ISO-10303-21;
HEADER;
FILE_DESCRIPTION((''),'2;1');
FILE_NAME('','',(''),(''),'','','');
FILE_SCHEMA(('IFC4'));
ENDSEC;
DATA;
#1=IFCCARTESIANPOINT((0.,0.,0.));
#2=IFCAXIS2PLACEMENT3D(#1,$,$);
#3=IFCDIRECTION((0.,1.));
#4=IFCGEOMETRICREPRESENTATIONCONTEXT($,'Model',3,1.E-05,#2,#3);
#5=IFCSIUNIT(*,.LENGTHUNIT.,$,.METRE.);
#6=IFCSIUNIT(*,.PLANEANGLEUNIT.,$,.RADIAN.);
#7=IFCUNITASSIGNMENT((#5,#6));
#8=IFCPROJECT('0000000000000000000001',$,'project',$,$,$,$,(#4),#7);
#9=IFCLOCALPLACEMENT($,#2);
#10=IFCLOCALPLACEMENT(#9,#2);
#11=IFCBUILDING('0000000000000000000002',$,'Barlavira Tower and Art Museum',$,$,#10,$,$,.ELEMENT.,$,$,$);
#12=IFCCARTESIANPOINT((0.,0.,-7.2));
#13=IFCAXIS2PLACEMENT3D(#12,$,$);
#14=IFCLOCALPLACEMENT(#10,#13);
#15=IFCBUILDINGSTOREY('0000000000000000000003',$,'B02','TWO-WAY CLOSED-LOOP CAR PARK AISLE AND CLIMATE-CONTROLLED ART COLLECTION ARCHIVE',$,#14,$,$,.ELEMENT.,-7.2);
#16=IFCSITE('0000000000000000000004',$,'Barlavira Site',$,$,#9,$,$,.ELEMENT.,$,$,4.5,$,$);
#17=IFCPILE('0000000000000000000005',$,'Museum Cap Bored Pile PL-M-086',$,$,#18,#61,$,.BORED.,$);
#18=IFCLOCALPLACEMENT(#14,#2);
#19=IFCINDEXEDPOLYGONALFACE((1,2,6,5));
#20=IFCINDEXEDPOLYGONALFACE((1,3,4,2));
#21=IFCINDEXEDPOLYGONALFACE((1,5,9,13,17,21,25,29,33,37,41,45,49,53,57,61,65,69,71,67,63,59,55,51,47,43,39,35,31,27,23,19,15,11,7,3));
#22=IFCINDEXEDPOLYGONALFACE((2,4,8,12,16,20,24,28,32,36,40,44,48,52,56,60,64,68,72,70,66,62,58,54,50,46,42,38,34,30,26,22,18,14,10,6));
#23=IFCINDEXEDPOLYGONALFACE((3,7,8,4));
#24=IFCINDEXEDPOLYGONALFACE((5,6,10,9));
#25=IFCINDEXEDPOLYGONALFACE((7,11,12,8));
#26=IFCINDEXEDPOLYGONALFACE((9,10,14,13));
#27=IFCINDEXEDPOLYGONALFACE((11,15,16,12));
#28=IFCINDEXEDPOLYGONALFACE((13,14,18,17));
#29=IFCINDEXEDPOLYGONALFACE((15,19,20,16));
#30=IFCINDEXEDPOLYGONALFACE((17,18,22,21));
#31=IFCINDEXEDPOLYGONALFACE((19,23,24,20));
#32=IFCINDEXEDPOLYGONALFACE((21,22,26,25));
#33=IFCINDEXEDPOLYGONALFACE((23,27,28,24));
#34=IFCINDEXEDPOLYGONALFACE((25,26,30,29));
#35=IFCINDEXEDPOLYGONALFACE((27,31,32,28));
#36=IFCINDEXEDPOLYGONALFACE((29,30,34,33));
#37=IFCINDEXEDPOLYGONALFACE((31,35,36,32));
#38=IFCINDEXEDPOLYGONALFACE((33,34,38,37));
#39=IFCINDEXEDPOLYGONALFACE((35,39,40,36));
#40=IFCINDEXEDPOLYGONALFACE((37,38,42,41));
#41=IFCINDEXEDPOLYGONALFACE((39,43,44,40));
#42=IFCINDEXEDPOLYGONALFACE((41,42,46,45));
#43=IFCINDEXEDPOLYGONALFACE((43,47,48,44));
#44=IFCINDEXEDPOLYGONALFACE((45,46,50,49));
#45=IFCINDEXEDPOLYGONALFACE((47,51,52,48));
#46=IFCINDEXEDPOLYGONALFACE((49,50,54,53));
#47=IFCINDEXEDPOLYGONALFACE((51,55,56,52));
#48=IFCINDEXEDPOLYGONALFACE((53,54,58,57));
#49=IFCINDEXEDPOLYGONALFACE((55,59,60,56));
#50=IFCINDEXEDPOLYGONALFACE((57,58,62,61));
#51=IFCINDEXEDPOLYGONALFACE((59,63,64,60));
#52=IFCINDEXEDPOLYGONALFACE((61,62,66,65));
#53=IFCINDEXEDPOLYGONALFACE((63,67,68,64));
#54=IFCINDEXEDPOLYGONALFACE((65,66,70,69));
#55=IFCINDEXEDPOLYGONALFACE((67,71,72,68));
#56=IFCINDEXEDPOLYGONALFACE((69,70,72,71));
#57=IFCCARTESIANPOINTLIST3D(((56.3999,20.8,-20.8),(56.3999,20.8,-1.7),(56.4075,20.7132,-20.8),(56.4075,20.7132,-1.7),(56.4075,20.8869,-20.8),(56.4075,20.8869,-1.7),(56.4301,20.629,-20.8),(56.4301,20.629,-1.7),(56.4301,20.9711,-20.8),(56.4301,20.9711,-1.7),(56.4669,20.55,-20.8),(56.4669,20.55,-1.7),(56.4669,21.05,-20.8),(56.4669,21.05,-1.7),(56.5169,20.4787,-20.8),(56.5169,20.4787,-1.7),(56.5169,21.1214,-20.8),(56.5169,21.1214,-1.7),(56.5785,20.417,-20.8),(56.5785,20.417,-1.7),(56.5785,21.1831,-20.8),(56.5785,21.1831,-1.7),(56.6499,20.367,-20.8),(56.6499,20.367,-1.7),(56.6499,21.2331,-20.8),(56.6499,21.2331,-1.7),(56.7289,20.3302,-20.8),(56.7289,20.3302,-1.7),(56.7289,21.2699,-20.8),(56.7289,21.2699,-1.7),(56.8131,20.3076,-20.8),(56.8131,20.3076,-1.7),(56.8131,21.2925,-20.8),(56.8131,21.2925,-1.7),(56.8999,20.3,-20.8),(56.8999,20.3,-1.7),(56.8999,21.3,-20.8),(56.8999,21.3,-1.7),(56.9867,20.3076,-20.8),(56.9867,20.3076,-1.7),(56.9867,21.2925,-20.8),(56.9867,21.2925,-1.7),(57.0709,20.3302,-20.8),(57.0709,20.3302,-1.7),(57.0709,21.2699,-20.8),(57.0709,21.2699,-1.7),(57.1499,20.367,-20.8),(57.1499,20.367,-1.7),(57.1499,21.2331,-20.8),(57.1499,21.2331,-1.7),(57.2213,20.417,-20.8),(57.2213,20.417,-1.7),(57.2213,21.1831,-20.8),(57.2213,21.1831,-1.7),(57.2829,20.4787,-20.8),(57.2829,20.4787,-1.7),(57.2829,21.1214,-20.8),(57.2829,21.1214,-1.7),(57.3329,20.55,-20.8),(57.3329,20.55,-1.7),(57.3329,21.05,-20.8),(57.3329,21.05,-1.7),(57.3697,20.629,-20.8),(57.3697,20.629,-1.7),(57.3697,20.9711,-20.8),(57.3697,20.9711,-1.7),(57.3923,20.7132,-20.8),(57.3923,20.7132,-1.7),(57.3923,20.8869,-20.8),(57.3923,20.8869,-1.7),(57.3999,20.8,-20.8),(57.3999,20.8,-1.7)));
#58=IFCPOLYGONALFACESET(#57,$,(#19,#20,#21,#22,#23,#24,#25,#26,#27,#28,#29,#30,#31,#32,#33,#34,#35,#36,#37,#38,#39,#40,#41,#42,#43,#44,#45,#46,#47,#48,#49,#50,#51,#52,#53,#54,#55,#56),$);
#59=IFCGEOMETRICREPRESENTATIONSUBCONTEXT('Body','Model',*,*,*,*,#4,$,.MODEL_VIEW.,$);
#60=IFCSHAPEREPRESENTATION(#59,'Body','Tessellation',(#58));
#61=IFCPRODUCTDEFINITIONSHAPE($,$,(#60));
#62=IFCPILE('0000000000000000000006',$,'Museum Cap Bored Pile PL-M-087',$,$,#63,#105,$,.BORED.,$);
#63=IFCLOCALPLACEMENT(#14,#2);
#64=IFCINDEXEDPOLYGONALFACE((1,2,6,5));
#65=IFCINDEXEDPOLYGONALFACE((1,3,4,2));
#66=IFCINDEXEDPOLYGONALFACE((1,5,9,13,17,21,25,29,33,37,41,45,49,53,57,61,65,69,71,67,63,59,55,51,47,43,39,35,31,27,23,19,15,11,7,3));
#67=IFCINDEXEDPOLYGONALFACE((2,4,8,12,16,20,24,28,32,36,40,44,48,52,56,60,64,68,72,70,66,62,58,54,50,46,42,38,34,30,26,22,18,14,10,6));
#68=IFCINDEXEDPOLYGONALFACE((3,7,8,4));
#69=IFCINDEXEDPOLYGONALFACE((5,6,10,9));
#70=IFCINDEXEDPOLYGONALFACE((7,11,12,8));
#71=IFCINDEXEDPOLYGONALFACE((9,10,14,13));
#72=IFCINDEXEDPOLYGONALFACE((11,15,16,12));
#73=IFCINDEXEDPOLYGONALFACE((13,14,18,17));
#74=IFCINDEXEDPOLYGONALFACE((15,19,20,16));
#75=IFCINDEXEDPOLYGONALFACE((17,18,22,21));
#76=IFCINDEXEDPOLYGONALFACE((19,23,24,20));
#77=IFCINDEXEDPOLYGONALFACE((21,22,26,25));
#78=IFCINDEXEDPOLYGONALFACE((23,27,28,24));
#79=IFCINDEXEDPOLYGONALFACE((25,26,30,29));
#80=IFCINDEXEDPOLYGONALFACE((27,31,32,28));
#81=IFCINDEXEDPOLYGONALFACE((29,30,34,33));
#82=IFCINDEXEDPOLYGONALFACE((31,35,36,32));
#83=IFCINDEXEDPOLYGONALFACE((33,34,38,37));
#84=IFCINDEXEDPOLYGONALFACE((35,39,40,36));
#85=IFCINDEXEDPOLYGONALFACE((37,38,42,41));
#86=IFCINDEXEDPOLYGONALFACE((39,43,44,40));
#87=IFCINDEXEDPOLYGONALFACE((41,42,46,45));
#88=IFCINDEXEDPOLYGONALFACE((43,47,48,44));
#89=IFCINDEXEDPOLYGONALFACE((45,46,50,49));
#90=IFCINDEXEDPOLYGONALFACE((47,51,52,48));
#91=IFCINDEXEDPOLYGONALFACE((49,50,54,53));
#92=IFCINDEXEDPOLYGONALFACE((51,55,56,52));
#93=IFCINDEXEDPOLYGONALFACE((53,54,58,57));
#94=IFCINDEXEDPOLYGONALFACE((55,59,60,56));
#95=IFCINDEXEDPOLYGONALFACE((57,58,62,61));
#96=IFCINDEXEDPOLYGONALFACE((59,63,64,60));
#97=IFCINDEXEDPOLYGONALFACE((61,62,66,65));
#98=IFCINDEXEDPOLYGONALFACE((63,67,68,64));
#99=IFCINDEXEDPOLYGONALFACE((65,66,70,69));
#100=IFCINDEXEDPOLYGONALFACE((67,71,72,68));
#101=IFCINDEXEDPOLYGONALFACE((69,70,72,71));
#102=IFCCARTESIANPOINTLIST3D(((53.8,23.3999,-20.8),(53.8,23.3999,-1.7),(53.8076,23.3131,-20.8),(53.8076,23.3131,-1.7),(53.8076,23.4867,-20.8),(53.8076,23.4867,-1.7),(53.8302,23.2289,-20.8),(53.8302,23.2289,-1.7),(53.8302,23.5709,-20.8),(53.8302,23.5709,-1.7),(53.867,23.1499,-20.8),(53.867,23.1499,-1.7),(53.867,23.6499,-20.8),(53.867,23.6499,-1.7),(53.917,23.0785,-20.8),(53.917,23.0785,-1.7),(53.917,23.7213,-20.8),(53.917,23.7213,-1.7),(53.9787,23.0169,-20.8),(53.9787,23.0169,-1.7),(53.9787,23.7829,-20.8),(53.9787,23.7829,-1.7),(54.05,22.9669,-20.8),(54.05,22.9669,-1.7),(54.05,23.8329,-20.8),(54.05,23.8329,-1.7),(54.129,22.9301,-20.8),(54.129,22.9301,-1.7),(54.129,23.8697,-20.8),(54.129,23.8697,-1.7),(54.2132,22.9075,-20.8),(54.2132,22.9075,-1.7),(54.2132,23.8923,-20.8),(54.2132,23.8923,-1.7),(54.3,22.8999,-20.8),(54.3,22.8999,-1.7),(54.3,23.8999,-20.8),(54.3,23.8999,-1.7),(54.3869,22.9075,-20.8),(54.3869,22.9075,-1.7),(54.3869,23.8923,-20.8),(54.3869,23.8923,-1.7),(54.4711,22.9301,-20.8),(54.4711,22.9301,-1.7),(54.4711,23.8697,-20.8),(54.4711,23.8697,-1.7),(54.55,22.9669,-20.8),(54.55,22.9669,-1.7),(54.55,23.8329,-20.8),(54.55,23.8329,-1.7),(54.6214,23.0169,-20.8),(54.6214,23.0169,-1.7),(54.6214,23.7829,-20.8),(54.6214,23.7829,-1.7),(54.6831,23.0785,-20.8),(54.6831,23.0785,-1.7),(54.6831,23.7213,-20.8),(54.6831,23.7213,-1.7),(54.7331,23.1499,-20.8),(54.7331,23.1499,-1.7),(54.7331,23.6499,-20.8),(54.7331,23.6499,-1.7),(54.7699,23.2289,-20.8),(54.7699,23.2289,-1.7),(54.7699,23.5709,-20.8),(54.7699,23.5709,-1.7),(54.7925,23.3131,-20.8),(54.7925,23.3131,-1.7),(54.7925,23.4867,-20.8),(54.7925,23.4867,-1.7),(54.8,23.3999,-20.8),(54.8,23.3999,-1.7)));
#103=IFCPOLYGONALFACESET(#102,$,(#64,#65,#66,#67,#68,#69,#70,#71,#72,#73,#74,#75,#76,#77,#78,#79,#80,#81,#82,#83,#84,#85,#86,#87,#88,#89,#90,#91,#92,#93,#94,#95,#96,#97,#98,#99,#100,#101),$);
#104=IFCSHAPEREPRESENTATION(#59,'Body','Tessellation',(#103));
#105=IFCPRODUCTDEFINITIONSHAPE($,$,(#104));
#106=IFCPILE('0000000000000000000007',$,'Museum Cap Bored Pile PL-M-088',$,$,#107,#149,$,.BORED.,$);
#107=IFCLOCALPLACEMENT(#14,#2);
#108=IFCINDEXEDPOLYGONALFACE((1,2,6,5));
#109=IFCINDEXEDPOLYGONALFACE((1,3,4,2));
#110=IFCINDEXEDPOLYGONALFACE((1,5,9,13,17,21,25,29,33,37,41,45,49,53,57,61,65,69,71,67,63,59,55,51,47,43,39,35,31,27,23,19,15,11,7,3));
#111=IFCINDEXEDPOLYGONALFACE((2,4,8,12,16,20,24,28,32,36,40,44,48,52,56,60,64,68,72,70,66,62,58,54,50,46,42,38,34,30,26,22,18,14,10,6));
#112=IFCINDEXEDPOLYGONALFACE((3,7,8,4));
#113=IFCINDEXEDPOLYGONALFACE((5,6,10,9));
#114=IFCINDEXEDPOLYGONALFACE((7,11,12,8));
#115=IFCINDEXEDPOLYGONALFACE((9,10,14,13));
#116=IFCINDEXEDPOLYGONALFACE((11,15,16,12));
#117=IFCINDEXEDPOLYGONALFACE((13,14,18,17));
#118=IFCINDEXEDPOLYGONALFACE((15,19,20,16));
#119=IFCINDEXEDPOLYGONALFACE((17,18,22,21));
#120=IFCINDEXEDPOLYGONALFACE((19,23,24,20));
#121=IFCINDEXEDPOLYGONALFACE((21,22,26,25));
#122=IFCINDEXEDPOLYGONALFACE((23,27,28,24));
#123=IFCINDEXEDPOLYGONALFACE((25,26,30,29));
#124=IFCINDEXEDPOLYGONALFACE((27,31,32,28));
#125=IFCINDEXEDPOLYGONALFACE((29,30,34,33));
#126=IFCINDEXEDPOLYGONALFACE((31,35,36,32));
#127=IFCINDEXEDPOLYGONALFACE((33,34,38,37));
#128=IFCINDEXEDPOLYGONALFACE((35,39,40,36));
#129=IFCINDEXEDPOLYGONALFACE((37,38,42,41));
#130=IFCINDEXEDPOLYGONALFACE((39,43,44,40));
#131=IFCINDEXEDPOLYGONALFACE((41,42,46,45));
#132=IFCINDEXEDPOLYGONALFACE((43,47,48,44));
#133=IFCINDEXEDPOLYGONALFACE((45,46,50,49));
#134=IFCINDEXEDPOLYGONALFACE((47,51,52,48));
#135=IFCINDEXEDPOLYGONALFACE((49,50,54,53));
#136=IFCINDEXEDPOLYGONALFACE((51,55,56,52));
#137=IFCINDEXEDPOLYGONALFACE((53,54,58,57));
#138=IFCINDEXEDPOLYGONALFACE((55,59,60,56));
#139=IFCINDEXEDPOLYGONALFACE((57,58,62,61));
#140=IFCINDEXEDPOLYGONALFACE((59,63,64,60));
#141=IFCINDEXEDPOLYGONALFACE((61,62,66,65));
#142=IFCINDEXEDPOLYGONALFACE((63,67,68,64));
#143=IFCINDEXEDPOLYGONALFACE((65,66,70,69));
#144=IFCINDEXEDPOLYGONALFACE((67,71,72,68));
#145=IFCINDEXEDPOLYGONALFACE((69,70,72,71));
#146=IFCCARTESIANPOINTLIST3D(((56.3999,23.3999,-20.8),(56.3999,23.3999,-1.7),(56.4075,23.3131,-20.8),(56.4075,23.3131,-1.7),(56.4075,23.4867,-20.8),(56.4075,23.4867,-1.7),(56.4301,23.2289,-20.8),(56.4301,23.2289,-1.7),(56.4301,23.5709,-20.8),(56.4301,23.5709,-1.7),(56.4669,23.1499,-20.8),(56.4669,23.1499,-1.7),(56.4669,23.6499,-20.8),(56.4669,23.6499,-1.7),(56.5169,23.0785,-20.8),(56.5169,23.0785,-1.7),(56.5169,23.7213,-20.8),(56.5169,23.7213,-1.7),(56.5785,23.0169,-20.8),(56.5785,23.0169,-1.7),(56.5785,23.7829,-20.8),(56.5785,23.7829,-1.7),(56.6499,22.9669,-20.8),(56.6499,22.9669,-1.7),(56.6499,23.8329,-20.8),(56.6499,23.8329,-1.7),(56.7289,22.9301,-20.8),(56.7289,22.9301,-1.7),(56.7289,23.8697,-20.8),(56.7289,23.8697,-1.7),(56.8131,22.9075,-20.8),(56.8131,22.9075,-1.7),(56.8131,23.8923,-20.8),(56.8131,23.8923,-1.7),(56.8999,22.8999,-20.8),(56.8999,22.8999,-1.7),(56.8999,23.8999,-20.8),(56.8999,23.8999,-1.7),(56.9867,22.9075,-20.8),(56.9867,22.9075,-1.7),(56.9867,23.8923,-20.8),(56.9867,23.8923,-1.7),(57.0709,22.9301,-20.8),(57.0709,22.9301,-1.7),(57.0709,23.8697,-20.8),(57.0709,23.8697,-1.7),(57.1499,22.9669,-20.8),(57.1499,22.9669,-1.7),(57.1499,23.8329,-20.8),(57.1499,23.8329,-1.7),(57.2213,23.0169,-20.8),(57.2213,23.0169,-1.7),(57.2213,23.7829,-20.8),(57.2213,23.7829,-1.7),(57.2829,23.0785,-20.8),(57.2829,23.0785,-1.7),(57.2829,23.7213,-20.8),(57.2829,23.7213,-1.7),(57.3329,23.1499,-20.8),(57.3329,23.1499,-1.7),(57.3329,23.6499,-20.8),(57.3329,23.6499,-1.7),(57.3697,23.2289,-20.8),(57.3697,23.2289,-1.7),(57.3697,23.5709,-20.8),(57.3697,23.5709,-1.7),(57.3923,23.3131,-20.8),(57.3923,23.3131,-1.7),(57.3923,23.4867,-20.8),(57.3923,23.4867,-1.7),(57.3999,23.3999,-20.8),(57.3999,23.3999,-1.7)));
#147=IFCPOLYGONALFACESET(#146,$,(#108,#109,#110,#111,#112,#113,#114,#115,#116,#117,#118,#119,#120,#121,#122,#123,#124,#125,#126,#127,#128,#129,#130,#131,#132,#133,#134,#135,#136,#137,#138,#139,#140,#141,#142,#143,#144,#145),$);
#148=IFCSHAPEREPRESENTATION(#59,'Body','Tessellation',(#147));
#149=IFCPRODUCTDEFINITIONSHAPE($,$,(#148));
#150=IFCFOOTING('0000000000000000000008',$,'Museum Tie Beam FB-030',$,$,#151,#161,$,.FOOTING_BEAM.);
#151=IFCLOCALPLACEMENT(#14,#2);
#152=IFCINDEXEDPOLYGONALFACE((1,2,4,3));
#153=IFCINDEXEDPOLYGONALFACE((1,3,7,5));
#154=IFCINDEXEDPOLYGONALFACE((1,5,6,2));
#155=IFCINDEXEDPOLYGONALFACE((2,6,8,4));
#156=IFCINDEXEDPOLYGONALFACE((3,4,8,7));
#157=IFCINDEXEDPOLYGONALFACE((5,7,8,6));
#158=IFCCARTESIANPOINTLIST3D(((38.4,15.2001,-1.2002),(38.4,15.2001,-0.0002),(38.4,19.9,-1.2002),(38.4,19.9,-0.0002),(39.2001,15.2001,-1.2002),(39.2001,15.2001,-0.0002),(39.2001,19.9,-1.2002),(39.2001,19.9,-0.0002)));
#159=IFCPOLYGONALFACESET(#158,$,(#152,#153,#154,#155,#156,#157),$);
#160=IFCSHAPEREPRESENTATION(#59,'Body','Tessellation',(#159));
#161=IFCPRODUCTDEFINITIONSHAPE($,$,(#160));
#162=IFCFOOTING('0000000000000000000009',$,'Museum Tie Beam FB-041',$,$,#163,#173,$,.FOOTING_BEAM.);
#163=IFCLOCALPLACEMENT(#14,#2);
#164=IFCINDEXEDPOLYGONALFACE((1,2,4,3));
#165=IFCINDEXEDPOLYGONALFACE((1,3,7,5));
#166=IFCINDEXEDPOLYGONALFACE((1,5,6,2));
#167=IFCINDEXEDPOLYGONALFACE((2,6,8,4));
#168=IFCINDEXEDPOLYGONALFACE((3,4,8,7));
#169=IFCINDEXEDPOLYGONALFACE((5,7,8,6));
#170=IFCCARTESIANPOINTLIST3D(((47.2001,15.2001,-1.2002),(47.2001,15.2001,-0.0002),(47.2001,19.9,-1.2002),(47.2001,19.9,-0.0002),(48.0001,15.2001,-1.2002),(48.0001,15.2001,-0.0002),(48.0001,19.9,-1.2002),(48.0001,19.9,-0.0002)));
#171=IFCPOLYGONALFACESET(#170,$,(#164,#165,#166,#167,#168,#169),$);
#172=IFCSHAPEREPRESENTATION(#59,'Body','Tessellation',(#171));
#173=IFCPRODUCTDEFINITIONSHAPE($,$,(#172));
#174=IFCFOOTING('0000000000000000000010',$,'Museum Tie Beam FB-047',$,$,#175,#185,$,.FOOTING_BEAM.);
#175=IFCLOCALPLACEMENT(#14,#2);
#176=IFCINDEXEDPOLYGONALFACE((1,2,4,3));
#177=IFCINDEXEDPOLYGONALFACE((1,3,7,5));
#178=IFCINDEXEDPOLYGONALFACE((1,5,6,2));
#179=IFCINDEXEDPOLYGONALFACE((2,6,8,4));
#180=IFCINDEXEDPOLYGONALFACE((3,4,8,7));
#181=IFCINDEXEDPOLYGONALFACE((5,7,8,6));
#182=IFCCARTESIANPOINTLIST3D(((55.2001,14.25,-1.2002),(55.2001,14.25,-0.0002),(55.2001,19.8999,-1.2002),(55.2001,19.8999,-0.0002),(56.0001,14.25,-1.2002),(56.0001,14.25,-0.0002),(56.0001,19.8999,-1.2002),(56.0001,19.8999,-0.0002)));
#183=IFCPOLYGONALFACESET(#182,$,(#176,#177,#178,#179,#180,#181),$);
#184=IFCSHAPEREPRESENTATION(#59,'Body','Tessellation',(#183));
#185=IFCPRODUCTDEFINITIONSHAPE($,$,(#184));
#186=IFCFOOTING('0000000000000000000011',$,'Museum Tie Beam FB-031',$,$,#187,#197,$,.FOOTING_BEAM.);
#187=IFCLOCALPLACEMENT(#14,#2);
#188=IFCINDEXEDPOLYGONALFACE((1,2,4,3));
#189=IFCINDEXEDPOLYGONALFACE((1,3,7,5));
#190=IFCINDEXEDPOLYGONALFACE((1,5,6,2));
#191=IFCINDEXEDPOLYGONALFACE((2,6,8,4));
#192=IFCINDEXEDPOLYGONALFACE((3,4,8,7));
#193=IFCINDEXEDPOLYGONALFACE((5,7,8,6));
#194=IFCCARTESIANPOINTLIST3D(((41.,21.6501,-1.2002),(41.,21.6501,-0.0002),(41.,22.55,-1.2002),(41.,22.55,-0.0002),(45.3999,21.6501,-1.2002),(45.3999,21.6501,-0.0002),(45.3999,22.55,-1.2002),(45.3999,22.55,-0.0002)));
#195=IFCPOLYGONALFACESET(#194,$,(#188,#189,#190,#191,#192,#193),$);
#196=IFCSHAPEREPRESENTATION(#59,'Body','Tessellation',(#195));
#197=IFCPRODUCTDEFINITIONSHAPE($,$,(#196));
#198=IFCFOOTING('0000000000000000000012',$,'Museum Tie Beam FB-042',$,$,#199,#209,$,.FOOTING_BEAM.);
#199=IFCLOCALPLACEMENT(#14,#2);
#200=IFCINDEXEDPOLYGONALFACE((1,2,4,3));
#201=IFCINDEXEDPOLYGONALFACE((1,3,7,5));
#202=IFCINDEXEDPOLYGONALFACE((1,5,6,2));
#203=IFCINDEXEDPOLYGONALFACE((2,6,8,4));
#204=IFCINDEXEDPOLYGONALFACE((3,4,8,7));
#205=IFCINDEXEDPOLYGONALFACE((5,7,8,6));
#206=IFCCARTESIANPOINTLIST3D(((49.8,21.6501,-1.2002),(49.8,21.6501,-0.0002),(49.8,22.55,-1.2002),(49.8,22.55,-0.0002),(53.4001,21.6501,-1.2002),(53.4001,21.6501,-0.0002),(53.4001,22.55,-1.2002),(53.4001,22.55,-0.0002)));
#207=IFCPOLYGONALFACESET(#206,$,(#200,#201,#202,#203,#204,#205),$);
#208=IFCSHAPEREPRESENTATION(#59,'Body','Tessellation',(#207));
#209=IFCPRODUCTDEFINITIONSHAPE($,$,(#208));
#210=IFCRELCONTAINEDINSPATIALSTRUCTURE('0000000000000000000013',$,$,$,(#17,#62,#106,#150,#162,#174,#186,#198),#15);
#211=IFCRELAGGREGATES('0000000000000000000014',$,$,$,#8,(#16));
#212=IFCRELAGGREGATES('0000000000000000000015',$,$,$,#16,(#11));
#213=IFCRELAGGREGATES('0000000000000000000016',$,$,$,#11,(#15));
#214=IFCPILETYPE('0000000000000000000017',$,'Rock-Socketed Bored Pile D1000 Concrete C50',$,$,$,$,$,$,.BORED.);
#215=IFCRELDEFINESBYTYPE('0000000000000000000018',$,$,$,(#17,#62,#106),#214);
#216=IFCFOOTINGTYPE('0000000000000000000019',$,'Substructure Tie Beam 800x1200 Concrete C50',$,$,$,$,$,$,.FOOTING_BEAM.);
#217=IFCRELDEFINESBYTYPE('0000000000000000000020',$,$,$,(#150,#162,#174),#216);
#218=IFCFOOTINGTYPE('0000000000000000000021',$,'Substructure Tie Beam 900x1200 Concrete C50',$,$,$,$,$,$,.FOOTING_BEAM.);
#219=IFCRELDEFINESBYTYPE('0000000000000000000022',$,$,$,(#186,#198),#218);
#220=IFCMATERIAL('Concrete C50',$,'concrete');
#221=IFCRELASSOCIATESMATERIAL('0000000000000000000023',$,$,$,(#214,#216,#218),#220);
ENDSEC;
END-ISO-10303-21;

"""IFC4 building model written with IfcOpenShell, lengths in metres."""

from ifc_helpers import new_model, si_unit, direction, frame, origin, origin_2d, place, context, subcontext, project, spatial, rectangle, circle, extrude, material, material_profile, profile_set, type_object, element, save


model = new_model("IFC4")

# Units and contexts
model_context = context("Model", 3, precision=1e-05, world=origin(), true_north=direction((0.0, 1.0)))
body_context = subcontext(model_context, "Body", "Model", "MODEL_VIEW")
ifc_project = project(units=[si_unit("LENGTHUNIT", "METRE"), si_unit("PLANEANGLEUNIT", "RADIAN")], contexts=[model_context])

# Site, building, storey
site_placement = place(None, origin())
site = spatial("IfcSite", under=ifc_project, at=site_placement, Name="Barlavira Site", CompositionType="ELEMENT", RefElevation=4.5)
building_placement = place(site_placement, origin())
building = spatial("IfcBuilding", under=site, at=building_placement, Name="Barlavira Tower and Art Museum", CompositionType="ELEMENT")
storey_placement = place(building_placement, frame((0.0, 0.0, -7.2)))
storey = spatial("IfcBuildingStorey", under=building, at=storey_placement, Name="B02", Description="TWO-WAY CLOSED-LOOP CAR PARK AISLE AND CLIMATE-CONTROLLED ART COLLECTION ARCHIVE", CompositionType="ELEMENT", Elevation=-7.2)

# Shared definitions
ifc_material_1 = material(Name="Concrete C50", Category="concrete")

# Piles
ifc_material_profile_1 = material_profile(ifc_material_1, circle(Radius=0.5, at=origin_2d()), Name="BORED PILE D1000")
ifc_profile_set_1 = profile_set([ifc_material_profile_1], Name="Concrete C50")
pile_type = type_object("IfcPileType", Name="Rock-Socketed Bored Pile D1000 Concrete C50", PredefinedType="BORED", material=ifc_profile_set_1)
for number, where, z_axis, x_axis, name in (
    (1, (56.8999, 20.8, -1.7), (0.0, 0.0, -1.0), (1.0, 0.0, 0.0), "Museum Cap Bored Pile PL-M-086"),
    (2, (54.3, 23.3999, -1.7), (0.0, 0.0, -1.0), (1.0, 0.0, 0.0), "Museum Cap Bored Pile PL-M-087"),
    (3, (56.8999, 23.3999, -1.7), (0.0, 0.0, -1.0), (1.0, 0.0, 0.0), "Museum Cap Bored Pile PL-M-088"),
):
    element("IfcPile", number, at=place(storey_placement, frame(where, z_axis=z_axis, x_axis=x_axis)), inside=storey, type_object=pile_type, Name=name, PredefinedType="BORED", context=body_context, shape_type="SweptSolid", body=[
        extrude(circle(Radius=0.5, at=origin_2d()), origin(), (0.0, 0.0, 1.0), 19.1001),
    ])

# Footings
footing_type_1 = type_object("IfcFootingType", Name="Substructure Tie Beam 800x1200 Concrete C50", PredefinedType="FOOTING_BEAM", material=ifc_material_1)
for number, where, z_axis, x_axis, name in (
    (4, (38.8, 17.55, -1.2002), (0.0, 0.0, 1.0), (1.0, 0.0, 0.0), "Museum Tie Beam FB-030"),
    (5, (47.6001, 17.55, -1.2002), (0.0, 0.0, 1.0), (1.0, 0.0, 0.0), "Museum Tie Beam FB-041"),
):
    element("IfcFooting", number, at=place(storey_placement, frame(where, z_axis=z_axis, x_axis=x_axis)), inside=storey, type_object=footing_type_1, Name=name, PredefinedType="FOOTING_BEAM", context=body_context, shape_type="SweptSolid", body=[
        extrude(rectangle(XDim=0.8, YDim=4.7, at=origin_2d()), origin(), (0.0, 0.0, 1.0), 1.2),
    ])
footing_1_placement = place(storey_placement, frame((55.6001, 17.075, -1.2002), z_axis=(0.0, 0.0, 1.0), x_axis=(1.0, 0.0, 0.0)))
element("IfcFooting", 6, at=footing_1_placement, inside=storey, type_object=footing_type_1, Name="Museum Tie Beam FB-047", PredefinedType="FOOTING_BEAM", context=body_context, shape_type="SweptSolid", body=[
    extrude(rectangle(XDim=0.8, YDim=5.6499, at=origin_2d()), origin(), (0.0, 0.0, 1.0), 1.2),
])
footing_type_2 = type_object("IfcFootingType", Name="Substructure Tie Beam 900x1200 Concrete C50", PredefinedType="FOOTING_BEAM", material=ifc_material_1)
footing_2_placement = place(storey_placement, frame((43.2, 22.1001, -1.2002), z_axis=(0.0, 0.0, 1.0), x_axis=(1.0, 0.0, 0.0)))
element("IfcFooting", 7, at=footing_2_placement, inside=storey, type_object=footing_type_2, Name="Museum Tie Beam FB-031", PredefinedType="FOOTING_BEAM", context=body_context, shape_type="SweptSolid", body=[
    extrude(rectangle(XDim=4.3999, YDim=0.8999, at=origin_2d()), origin(), (0.0, 0.0, 1.0), 1.2),
])
footing_3_placement = place(storey_placement, frame((51.6001, 22.1001, -1.2002), z_axis=(0.0, 0.0, 1.0), x_axis=(1.0, 0.0, 0.0)))
element("IfcFooting", 8, at=footing_3_placement, inside=storey, type_object=footing_type_2, Name="Museum Tie Beam FB-042", PredefinedType="FOOTING_BEAM", context=body_context, shape_type="SweptSolid", body=[
    extrude(rectangle(XDim=3.6001, YDim=0.8999, at=origin_2d()), origin(), (0.0, 0.0, 1.0), 1.2),
])

save(model, "model.ifc")
